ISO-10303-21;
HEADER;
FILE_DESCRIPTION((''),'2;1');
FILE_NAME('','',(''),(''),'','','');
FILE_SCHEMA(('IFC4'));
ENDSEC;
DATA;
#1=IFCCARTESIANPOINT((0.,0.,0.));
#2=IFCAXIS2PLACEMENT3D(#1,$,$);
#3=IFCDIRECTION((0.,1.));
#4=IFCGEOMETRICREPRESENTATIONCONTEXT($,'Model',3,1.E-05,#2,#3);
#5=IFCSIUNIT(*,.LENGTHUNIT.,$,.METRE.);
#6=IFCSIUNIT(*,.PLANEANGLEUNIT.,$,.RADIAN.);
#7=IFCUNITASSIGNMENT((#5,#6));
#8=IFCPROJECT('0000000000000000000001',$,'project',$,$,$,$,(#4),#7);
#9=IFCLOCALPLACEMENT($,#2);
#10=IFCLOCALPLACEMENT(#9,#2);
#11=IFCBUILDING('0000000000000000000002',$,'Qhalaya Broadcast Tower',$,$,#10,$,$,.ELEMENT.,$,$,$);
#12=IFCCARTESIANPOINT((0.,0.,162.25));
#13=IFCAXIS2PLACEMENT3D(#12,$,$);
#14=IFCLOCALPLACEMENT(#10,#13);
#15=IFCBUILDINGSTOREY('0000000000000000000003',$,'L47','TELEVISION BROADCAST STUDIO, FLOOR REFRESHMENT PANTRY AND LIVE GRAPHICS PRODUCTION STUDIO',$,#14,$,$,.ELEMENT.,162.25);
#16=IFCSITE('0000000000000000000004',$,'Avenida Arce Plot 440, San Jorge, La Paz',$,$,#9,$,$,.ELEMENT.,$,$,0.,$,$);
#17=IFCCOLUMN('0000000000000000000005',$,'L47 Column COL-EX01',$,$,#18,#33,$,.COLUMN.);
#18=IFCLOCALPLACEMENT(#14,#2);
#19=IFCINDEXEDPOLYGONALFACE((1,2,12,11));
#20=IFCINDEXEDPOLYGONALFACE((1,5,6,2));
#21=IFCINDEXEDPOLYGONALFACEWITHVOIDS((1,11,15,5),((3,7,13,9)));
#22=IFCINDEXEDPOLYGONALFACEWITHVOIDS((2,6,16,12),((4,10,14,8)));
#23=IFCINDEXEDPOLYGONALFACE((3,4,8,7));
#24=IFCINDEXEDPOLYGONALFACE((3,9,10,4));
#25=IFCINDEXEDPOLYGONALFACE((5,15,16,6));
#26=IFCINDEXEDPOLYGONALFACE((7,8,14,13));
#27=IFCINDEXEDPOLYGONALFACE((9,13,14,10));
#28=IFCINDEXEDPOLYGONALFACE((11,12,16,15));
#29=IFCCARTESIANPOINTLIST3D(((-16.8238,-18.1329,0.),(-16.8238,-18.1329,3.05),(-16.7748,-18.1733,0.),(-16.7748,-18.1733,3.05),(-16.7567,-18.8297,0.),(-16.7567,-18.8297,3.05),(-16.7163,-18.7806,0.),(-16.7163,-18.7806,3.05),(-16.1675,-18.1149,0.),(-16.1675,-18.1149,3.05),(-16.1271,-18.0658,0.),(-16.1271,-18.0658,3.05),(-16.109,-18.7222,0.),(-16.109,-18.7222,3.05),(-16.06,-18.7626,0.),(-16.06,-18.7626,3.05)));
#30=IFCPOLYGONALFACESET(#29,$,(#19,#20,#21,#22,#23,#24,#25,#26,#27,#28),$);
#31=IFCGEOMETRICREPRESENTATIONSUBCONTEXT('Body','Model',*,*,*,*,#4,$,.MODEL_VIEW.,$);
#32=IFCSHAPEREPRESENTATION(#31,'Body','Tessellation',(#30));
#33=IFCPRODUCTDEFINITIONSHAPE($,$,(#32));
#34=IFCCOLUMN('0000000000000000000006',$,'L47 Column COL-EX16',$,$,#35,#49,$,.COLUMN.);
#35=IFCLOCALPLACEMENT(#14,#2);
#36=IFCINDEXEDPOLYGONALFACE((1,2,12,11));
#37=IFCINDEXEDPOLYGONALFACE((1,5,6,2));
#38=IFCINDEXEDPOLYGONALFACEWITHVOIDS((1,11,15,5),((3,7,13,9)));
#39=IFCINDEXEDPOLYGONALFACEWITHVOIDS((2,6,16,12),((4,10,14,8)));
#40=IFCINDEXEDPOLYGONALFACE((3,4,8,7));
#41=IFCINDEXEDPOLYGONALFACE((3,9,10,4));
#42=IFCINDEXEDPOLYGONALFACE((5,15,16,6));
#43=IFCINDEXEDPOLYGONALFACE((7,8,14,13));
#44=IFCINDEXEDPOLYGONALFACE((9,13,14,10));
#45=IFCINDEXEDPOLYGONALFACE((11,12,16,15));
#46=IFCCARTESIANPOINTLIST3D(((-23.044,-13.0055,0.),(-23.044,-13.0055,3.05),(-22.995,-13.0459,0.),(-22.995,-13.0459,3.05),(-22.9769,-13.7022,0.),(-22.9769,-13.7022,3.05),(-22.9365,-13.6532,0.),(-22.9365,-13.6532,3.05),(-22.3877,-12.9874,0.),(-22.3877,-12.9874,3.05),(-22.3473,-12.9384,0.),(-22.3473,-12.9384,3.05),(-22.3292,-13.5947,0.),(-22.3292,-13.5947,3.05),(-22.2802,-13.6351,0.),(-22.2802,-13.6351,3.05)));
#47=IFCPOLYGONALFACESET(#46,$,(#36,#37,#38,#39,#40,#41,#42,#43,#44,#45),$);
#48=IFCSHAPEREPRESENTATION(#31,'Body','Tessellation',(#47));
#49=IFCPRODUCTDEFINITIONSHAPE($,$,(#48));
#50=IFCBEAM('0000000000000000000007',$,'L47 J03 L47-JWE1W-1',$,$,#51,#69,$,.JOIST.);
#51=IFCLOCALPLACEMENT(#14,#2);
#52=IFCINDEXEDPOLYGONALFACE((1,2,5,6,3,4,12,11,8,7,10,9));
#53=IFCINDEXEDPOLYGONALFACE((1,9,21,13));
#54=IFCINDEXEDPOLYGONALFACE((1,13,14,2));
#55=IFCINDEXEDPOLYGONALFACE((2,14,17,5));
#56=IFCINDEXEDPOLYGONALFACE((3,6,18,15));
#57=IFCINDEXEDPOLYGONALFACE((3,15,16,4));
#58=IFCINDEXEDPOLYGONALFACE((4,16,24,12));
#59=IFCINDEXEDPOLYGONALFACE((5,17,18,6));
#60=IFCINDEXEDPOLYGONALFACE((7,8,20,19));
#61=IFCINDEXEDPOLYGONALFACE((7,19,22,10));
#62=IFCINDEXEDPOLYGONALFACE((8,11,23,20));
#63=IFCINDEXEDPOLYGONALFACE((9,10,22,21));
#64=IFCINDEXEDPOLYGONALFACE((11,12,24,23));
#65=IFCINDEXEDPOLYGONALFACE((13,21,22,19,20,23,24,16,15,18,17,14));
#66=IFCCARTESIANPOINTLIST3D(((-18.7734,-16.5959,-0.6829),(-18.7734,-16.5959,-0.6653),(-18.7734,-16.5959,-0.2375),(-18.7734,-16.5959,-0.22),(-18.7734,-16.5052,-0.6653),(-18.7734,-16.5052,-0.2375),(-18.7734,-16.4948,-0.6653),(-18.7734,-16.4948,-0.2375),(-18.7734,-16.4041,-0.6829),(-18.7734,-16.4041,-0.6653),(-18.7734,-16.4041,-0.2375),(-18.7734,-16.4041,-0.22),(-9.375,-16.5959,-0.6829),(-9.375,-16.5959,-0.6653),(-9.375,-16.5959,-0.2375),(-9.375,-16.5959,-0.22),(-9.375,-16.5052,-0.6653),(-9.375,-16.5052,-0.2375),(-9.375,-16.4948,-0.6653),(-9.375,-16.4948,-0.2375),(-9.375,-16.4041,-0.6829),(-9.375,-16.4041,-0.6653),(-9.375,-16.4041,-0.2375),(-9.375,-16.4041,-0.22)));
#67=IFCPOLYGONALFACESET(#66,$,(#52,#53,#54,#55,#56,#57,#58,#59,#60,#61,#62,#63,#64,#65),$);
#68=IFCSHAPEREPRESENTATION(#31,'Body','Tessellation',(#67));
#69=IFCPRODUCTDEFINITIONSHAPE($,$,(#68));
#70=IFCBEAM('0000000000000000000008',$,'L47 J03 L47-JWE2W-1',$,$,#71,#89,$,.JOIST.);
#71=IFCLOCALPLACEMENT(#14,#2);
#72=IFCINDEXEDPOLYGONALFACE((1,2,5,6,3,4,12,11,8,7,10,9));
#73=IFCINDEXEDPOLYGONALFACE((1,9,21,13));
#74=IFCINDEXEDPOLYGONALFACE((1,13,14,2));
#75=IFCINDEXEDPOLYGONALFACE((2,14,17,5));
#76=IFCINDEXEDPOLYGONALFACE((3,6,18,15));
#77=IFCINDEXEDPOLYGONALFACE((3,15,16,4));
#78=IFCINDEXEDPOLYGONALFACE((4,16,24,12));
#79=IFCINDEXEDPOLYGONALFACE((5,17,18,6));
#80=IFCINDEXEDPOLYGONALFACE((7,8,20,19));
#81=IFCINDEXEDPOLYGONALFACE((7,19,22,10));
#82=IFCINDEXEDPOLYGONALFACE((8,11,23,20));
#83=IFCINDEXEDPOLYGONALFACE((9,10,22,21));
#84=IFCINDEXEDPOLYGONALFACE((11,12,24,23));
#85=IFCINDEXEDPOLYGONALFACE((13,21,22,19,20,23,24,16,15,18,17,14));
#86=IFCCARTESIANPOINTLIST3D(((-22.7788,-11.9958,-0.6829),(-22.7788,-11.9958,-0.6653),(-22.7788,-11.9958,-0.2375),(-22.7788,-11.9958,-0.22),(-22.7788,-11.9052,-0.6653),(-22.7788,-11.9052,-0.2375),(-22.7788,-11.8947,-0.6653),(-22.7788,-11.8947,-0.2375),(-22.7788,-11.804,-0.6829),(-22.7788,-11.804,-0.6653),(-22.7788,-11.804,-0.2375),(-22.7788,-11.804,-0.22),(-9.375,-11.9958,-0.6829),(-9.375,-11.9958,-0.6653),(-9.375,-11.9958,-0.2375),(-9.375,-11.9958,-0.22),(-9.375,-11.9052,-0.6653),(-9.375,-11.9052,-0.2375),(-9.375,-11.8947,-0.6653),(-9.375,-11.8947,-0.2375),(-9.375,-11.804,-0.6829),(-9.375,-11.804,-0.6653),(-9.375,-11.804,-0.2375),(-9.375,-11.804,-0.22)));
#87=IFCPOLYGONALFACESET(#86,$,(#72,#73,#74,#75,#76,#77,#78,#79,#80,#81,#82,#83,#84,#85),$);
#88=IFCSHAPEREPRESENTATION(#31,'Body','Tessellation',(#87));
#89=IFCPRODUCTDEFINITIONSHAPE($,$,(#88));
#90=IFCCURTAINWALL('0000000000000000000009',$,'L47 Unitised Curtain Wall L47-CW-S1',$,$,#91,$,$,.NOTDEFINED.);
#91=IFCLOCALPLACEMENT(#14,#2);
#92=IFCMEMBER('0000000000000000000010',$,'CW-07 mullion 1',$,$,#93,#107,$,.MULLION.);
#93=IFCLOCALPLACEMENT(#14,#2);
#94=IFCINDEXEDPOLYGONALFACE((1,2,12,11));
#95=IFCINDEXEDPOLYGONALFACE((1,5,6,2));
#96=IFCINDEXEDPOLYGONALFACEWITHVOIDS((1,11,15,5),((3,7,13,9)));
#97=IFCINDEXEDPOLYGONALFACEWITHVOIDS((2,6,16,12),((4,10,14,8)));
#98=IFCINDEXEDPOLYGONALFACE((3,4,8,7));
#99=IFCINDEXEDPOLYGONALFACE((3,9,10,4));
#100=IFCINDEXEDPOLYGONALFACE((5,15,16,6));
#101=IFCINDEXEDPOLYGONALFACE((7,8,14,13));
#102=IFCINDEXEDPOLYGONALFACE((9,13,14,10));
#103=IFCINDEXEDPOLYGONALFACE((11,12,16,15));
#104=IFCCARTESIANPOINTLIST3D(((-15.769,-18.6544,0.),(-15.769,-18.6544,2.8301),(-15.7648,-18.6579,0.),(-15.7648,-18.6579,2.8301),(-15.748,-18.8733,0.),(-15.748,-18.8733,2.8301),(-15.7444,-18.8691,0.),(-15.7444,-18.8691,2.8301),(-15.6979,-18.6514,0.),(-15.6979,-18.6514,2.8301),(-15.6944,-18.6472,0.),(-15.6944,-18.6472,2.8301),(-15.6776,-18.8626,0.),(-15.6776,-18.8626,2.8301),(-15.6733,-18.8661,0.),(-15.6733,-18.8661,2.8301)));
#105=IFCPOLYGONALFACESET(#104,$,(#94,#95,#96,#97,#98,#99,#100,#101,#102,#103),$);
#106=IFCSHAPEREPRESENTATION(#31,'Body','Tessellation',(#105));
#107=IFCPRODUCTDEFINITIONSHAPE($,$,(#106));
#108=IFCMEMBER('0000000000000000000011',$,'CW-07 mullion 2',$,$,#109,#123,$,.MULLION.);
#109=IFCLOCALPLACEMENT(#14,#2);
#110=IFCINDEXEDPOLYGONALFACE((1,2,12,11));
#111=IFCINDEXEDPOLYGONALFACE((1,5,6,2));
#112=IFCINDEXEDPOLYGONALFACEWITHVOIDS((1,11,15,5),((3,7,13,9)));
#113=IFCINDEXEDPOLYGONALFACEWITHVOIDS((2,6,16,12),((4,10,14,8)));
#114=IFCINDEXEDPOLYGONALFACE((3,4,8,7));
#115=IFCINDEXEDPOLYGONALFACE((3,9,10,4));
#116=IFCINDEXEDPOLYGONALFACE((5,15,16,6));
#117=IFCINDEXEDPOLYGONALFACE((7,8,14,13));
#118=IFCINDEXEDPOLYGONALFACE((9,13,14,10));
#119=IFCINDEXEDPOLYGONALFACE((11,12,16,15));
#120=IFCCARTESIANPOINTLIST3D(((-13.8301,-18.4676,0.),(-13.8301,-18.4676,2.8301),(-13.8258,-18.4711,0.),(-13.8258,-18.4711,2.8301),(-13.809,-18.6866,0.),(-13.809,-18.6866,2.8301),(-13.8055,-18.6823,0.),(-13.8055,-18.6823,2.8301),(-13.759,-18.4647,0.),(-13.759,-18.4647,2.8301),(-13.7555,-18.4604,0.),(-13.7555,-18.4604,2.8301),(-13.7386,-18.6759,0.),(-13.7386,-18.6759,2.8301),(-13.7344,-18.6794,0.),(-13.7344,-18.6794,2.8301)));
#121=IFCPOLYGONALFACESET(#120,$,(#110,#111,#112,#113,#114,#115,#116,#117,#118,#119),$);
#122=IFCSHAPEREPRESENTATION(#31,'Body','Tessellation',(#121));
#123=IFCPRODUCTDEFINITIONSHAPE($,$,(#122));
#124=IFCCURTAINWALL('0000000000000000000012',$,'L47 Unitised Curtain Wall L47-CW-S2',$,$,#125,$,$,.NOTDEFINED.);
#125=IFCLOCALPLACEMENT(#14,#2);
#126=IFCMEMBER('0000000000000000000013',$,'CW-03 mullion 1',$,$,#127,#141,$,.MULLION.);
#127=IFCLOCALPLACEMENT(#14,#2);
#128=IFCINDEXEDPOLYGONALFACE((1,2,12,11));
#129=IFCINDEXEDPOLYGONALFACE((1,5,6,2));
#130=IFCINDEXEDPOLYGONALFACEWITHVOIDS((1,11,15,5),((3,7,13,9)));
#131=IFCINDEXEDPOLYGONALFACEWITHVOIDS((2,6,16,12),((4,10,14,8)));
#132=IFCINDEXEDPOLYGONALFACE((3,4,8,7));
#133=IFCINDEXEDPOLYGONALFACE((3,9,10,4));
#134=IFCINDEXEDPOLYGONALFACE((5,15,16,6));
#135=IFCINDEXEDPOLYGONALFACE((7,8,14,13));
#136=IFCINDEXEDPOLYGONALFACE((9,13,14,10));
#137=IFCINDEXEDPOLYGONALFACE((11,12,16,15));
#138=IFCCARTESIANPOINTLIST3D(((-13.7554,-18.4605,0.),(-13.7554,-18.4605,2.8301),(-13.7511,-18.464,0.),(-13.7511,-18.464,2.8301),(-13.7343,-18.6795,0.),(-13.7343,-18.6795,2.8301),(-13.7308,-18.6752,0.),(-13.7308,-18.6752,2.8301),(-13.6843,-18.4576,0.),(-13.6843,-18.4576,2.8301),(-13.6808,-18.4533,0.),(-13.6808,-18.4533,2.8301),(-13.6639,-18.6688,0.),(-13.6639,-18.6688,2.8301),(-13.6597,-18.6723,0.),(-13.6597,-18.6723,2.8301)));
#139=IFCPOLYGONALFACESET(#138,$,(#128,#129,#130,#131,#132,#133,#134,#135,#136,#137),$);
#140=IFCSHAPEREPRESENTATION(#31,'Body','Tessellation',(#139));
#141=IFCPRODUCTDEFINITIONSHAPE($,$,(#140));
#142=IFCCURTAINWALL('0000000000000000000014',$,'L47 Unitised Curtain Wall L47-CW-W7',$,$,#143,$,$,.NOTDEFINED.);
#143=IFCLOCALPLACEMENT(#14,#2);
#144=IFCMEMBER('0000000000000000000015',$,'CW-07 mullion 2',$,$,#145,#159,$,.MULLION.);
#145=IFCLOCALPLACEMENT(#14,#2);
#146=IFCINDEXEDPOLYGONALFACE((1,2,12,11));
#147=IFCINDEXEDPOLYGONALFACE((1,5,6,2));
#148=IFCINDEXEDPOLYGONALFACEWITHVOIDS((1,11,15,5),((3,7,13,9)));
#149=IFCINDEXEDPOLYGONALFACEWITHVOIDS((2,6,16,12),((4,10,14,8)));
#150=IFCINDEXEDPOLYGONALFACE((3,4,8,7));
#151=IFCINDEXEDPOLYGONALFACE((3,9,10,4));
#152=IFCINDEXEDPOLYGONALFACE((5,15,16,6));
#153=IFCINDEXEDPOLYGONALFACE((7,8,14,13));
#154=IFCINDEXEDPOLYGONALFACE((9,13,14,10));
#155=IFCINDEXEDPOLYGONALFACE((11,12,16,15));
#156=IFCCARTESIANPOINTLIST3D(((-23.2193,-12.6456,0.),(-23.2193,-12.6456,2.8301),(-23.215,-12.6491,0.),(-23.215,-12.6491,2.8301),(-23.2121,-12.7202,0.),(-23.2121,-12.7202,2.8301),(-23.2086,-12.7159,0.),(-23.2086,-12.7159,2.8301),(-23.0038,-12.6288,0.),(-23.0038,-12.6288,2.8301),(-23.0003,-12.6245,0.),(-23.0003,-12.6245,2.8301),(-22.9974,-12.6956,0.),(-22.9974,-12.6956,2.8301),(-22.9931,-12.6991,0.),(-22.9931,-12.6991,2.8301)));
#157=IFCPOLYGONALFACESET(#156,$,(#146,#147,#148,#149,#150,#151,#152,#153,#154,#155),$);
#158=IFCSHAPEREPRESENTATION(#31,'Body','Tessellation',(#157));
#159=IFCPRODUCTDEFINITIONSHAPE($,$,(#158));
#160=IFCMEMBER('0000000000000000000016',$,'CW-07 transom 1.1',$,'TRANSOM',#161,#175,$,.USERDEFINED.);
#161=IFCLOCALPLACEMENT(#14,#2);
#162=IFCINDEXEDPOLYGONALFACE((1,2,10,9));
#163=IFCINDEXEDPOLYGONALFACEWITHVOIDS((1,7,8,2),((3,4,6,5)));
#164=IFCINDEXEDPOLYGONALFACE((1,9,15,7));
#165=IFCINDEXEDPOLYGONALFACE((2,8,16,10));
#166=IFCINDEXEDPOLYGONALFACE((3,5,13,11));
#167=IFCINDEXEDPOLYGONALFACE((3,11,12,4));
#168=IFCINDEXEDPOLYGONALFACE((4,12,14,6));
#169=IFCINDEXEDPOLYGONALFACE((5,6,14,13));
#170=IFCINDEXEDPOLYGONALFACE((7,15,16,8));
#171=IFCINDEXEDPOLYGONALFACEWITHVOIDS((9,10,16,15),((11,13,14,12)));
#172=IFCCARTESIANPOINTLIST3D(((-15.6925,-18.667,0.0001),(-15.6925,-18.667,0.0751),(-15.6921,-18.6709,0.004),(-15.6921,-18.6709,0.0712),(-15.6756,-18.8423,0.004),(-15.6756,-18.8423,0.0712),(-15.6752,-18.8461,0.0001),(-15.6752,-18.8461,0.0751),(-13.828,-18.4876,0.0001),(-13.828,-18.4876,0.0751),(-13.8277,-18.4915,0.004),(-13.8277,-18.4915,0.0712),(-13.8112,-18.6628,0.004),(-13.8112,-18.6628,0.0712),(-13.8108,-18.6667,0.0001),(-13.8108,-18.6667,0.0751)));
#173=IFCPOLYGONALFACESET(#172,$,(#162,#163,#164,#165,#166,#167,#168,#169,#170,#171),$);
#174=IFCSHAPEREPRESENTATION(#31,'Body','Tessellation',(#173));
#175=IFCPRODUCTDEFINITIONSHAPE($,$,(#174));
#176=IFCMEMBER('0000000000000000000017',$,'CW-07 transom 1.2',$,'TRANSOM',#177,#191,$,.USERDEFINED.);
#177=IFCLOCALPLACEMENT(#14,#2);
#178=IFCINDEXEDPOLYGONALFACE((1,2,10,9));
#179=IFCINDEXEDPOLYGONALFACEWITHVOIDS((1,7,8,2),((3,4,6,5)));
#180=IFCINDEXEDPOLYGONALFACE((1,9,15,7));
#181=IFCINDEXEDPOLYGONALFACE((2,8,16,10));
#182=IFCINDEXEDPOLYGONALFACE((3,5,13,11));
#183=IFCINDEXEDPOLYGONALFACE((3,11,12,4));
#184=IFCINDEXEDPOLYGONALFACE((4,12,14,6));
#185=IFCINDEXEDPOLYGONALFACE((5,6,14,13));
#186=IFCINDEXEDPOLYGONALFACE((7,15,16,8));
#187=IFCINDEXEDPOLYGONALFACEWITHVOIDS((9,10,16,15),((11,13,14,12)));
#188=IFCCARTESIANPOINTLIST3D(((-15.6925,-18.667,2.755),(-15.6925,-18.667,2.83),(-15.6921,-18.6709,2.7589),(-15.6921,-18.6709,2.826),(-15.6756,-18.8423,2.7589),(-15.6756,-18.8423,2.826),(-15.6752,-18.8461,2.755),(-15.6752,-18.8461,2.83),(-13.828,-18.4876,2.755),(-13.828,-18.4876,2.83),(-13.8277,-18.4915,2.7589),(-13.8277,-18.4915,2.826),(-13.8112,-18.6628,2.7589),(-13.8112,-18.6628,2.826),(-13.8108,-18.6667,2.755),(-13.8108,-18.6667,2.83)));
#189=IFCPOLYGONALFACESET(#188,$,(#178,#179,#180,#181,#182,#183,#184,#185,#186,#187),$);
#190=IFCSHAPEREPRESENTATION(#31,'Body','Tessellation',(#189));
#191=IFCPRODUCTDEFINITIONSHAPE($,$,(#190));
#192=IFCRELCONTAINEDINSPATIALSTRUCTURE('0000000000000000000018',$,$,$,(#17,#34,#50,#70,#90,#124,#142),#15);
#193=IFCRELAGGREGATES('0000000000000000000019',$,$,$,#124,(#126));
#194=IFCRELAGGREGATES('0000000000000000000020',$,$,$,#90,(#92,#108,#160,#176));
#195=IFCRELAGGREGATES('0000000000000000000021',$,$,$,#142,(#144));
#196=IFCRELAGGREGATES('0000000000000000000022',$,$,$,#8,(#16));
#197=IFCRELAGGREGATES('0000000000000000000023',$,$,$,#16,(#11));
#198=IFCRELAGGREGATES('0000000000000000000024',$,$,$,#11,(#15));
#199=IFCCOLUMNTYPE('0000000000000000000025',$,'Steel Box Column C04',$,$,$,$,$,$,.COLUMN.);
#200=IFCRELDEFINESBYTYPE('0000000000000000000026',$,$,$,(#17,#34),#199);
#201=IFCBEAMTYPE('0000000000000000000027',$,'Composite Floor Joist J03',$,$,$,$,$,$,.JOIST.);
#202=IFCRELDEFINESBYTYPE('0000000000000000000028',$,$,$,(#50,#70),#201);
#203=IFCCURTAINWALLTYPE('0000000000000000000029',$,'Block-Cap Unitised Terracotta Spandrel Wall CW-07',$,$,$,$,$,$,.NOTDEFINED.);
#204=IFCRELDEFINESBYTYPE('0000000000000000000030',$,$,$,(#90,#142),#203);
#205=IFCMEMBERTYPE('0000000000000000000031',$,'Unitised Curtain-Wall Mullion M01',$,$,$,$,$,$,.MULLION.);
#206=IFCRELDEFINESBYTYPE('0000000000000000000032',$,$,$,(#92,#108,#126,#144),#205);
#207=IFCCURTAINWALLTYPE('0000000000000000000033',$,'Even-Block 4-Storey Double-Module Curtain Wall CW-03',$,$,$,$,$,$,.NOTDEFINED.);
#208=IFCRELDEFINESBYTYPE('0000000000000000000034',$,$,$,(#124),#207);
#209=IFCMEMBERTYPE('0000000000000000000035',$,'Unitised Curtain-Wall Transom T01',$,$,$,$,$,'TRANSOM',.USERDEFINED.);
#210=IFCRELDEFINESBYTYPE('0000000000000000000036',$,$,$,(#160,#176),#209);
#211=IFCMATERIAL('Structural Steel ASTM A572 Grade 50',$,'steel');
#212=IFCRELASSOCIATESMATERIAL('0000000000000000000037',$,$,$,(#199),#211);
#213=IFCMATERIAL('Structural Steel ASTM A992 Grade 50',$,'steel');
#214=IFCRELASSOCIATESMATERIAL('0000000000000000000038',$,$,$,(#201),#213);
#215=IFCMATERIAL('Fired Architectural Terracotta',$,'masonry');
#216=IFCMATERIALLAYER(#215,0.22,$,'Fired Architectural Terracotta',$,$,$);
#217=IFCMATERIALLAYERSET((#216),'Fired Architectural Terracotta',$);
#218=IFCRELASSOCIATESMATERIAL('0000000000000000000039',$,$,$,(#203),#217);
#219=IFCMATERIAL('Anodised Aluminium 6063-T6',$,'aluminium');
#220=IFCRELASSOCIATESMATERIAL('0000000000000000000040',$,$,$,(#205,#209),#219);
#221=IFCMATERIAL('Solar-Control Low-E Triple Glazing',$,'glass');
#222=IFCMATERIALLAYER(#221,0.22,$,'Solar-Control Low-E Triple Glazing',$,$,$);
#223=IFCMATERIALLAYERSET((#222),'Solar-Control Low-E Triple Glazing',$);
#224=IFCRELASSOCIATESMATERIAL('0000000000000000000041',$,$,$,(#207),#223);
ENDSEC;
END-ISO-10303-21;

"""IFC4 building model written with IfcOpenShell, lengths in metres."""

from ifc_helpers import new_model, si_unit, direction, frame, origin, origin_2d, place, context, subcontext, project, spatial, hollow_rectangle, i_section, extrude, material, layer, layer_set, material_profile, profile_set, type_object, element, aggregate, save


model = new_model("IFC4")

# Units and contexts
model_context = context("Model", 3, precision=1e-05, world=origin(), true_north=direction((0.0, 1.0)))
body_context = subcontext(model_context, "Body", "Model", "MODEL_VIEW")
ifc_project = project(units=[si_unit("LENGTHUNIT", "METRE"), si_unit("PLANEANGLEUNIT", "RADIAN")], contexts=[model_context])

# Site, building, storey
site_placement = place(None, origin())
site = spatial("IfcSite", under=ifc_project, at=site_placement, Name="Avenida Arce Plot 440, San Jorge, La Paz", CompositionType="ELEMENT", RefElevation=0.0)
building_placement = place(site_placement, origin())
building = spatial("IfcBuilding", under=site, at=building_placement, Name="Qhalaya Broadcast Tower", CompositionType="ELEMENT")
storey_placement = place(building_placement, frame((0.0, 0.0, 162.25)))
storey = spatial("IfcBuildingStorey", under=building, at=storey_placement, Name="L47", Description="TELEVISION BROADCAST STUDIO, FLOOR REFRESHMENT PANTRY AND LIVE GRAPHICS PRODUCTION STUDIO", CompositionType="ELEMENT", Elevation=162.25)

# Columns
ifc_material_1 = material(Name="Structural Steel ASTM A572 Grade 50", Category="steel")
ifc_material_profile_1 = material_profile(ifc_material_1, hollow_rectangle(XDim=0.7, YDim=0.7, WallThickness=0.0449, at=origin_2d()), Name="BOX 700x700x45")
ifc_profile_set_1 = profile_set([ifc_material_profile_1], Name="Structural Steel ASTM A572 Grade 50")
column_type = type_object("IfcColumnType", Name="Steel Box Column C04", PredefinedType="COLUMN", material=ifc_profile_set_1)
for number, where, z_axis, x_axis, name in (
    (1, (-16.4419, -18.4478, 0.0), (0.0, 0.0, 1.0), (0.995396, 0.095846, 0.0), "L47 Column COL-EX01"),
    (2, (-22.6621, -13.3203, 0.0), (0.0, 0.0, 1.0), (-0.095846, 0.995396, 0.0), "L47 Column COL-EX16"),
):
    element("IfcColumn", number, at=place(storey_placement, frame(where, z_axis=z_axis, x_axis=x_axis)), inside=storey, type_object=column_type, Name=name, PredefinedType="COLUMN", context=body_context, shape_type="SweptSolid", body=[
        extrude(hollow_rectangle(XDim=0.7, YDim=0.7, WallThickness=0.0449, at=origin_2d()), origin(), (0.0, 0.0, 1.0), 3.05),
    ])

# Beams
ifc_material_2 = material(Name="Structural Steel ASTM A992 Grade 50", Category="steel")
ifc_material_profile_2 = material_profile(ifc_material_2, i_section(OverallWidth=0.1919, OverallDepth=0.4629, WebThickness=0.0105, FlangeThickness=0.0176, at=origin_2d()), Name="W18X60")
ifc_profile_set_2 = profile_set([ifc_material_profile_2], Name="Structural Steel ASTM A992 Grade 50")
beam_type_1 = type_object("IfcBeamType", Name="Composite Floor Joist J03", PredefinedType="JOIST", material=ifc_profile_set_2)
beam_1_placement = place(storey_placement, frame((-18.7734, -16.5, -0.4514), z_axis=(1.0, 0.0, 0.0), x_axis=(0.0, 1.0, 0.0)))
element("IfcBeam", 3, at=beam_1_placement, inside=storey, type_object=beam_type_1, Name="L47 J03 L47-JWE1W-1", PredefinedType="JOIST", context=body_context, shape_type="SweptSolid", body=[
    extrude(i_section(OverallWidth=0.1919, OverallDepth=0.4629, WebThickness=0.0105, FlangeThickness=0.0176, at=origin_2d()), origin(), (0.0, 0.0, 1.0), 9.3984),
])
beam_2_placement = place(storey_placement, frame((-22.7788, -11.8999, -0.4514), z_axis=(1.0, 0.0, 0.0), x_axis=(0.0, 1.0, 0.0)))
element("IfcBeam", 4, at=beam_2_placement, inside=storey, type_object=beam_type_1, Name="L47 J03 L47-JWE2W-1", PredefinedType="JOIST", context=body_context, shape_type="SweptSolid", body=[
    extrude(i_section(OverallWidth=0.1919, OverallDepth=0.4629, WebThickness=0.0105, FlangeThickness=0.0176, at=origin_2d()), origin(), (0.0, 0.0, 1.0), 13.4038),
])

# Curtain wall, members
ifc_material_3 = material(Name="Fired Architectural Terracotta", Category="masonry")
ifc_layer_1 = layer(ifc_material_3, 0.22, Name="Fired Architectural Terracotta")
ifc_layer_set_1 = layer_set([ifc_layer_1], Name="Fired Architectural Terracotta")
curtain_wall_type_1 = type_object("IfcCurtainWallType", Name="Block-Cap Unitised Terracotta Spandrel Wall CW-07", PredefinedType="NOTDEFINED", material=ifc_layer_set_1)
curtain_wall_1_placement = place(storey_placement, origin())
curtain_wall_1 = element("IfcCurtainWall", 5, at=curtain_wall_1_placement, inside=storey, type_object=curtain_wall_type_1, Name="L47 Unitised Curtain Wall L47-CW-S1", PredefinedType="NOTDEFINED")
ifc_material_4 = material(Name="Anodised Aluminium 6063-T6", Category="aluminium")
ifc_material_profile_3 = material_profile(ifc_material_4, hollow_rectangle(XDim=0.075, YDim=0.22, WallThickness=0.0039, at=origin_2d()), Name="ALU-MUL 75x220x4")
ifc_profile_set_3 = profile_set([ifc_material_profile_3], Name="Anodised Aluminium 6063-T6")
member_type_1 = type_object("IfcMemberType", Name="Unitised Curtain-Wall Mullion M01", PredefinedType="MULLION", material=ifc_profile_set_3)
member_1_placement = place(storey_placement, frame((-15.7212, -18.7603, 0.0), z_axis=(0.0, 0.0, 1.0), x_axis=(0.995396, 0.095847, 0.0)))
member_1 = element("IfcMember", 6, at=member_1_placement, type_object=member_type_1, Name="CW-07 mullion 1", PredefinedType="MULLION", context=body_context, shape_type="SweptSolid", body=[
    extrude(hollow_rectangle(XDim=0.075, YDim=0.22, WallThickness=0.0039, at=origin_2d()), origin(), (0.0, 0.0, 1.0), 2.8301),
])
member_2_placement = place(storey_placement, frame((-13.7822, -18.5735, 0.0), z_axis=(0.0, 0.0, 1.0), x_axis=(0.995396, 0.095847, 0.0)))
member_2 = element("IfcMember", 7, at=member_2_placement, type_object=member_type_1, Name="CW-07 mullion 2", PredefinedType="MULLION", context=body_context, shape_type="SweptSolid", body=[
    extrude(hollow_rectangle(XDim=0.075, YDim=0.22, WallThickness=0.0039, at=origin_2d()), origin(), (0.0, 0.0, 1.0), 2.8301),
])

# Curtain walls, members
ifc_material_5 = material(Name="Solar-Control Low-E Triple Glazing", Category="glass")
ifc_layer_2 = layer(ifc_material_5, 0.22, Name="Solar-Control Low-E Triple Glazing")
ifc_layer_set_2 = layer_set([ifc_layer_2], Name="Solar-Control Low-E Triple Glazing")
curtain_wall_type_2 = type_object("IfcCurtainWallType", Name="Even-Block 4-Storey Double-Module Curtain Wall CW-03", PredefinedType="NOTDEFINED", material=ifc_layer_set_2)
curtain_wall_2_placement = place(storey_placement, origin())
curtain_wall_2 = element("IfcCurtainWall", 8, at=curtain_wall_2_placement, inside=storey, type_object=curtain_wall_type_2, Name="L47 Unitised Curtain Wall L47-CW-S2", PredefinedType="NOTDEFINED")
member_3_placement = place(storey_placement, frame((-13.7075, -18.5664, 0.0), z_axis=(0.0, 0.0, 1.0), x_axis=(0.995397, 0.095839, 0.0)))
member_3 = element("IfcMember", 9, at=member_3_placement, type_object=member_type_1, Name="CW-03 mullion 1", PredefinedType="MULLION", context=body_context, shape_type="SweptSolid", body=[
    extrude(hollow_rectangle(XDim=0.075, YDim=0.22, WallThickness=0.0039, at=origin_2d()), origin(), (0.0, 0.0, 1.0), 2.8301),
])
curtain_wall_3_placement = place(storey_placement, origin())
curtain_wall_3 = element("IfcCurtainWall", 10, at=curtain_wall_3_placement, inside=storey, type_object=curtain_wall_type_1, Name="L47 Unitised Curtain Wall L47-CW-W7", PredefinedType="NOTDEFINED")
member_4_placement = place(storey_placement, frame((-23.1062, -12.6724, 0.0), z_axis=(0.0, 0.0, 1.0), x_axis=(0.095861, -0.995395, 0.0)))
member_4 = element("IfcMember", 11, at=member_4_placement, type_object=member_type_1, Name="CW-07 mullion 2", PredefinedType="MULLION", context=body_context, shape_type="SweptSolid", body=[
    extrude(hollow_rectangle(XDim=0.075, YDim=0.22, WallThickness=0.0039, at=origin_2d()), origin(), (0.0, 0.0, 1.0), 2.8301),
])

# Members
ifc_material_profile_4 = material_profile(ifc_material_4, hollow_rectangle(XDim=0.075, YDim=0.1799, WallThickness=0.0039, at=origin_2d()), Name="ALU-TRN 75x180x4")
ifc_profile_set_4 = profile_set([ifc_material_profile_4], Name="Anodised Aluminium 6063-T6")
member_type_2 = type_object("IfcMemberType", Name="Unitised Curtain-Wall Transom T01", ElementType="TRANSOM", PredefinedType="USERDEFINED", material=ifc_profile_set_4)
member_5_placement = place(storey_placement, frame((-15.6838, -18.7566, 0.0376), z_axis=(0.995401, 0.095799, 0.0), x_axis=(0.0, 0.0, 1.0)))
member_5 = element("IfcMember", 12, at=member_5_placement, type_object=member_type_2, Name="CW-07 transom 1.1", ObjectType="TRANSOM", PredefinedType="USERDEFINED", context=body_context, shape_type="SweptSolid", body=[
    extrude(hollow_rectangle(XDim=0.075, YDim=0.1799, WallThickness=0.0039, at=origin_2d()), origin(), (0.0, 0.0, 1.0), 1.873),
])
member_6_placement = place(storey_placement, frame((-15.6838, -18.7566, 2.7925), z_axis=(0.995401, 0.095799, 0.0), x_axis=(0.0, 0.0, 1.0)))
member_6 = element("IfcMember", 13, at=member_6_placement, type_object=member_type_2, Name="CW-07 transom 1.2", ObjectType="TRANSOM", PredefinedType="USERDEFINED", context=body_context, shape_type="SweptSolid", body=[
    extrude(hollow_rectangle(XDim=0.075, YDim=0.1799, WallThickness=0.0039, at=origin_2d()), origin(), (0.0, 0.0, 1.0), 1.873),
])
aggregate(curtain_wall_2, [member_3])

aggregate(curtain_wall_1, [member_1, member_2, member_5, member_6])
aggregate(curtain_wall_3, [member_4])

save(model, "model.ifc")
